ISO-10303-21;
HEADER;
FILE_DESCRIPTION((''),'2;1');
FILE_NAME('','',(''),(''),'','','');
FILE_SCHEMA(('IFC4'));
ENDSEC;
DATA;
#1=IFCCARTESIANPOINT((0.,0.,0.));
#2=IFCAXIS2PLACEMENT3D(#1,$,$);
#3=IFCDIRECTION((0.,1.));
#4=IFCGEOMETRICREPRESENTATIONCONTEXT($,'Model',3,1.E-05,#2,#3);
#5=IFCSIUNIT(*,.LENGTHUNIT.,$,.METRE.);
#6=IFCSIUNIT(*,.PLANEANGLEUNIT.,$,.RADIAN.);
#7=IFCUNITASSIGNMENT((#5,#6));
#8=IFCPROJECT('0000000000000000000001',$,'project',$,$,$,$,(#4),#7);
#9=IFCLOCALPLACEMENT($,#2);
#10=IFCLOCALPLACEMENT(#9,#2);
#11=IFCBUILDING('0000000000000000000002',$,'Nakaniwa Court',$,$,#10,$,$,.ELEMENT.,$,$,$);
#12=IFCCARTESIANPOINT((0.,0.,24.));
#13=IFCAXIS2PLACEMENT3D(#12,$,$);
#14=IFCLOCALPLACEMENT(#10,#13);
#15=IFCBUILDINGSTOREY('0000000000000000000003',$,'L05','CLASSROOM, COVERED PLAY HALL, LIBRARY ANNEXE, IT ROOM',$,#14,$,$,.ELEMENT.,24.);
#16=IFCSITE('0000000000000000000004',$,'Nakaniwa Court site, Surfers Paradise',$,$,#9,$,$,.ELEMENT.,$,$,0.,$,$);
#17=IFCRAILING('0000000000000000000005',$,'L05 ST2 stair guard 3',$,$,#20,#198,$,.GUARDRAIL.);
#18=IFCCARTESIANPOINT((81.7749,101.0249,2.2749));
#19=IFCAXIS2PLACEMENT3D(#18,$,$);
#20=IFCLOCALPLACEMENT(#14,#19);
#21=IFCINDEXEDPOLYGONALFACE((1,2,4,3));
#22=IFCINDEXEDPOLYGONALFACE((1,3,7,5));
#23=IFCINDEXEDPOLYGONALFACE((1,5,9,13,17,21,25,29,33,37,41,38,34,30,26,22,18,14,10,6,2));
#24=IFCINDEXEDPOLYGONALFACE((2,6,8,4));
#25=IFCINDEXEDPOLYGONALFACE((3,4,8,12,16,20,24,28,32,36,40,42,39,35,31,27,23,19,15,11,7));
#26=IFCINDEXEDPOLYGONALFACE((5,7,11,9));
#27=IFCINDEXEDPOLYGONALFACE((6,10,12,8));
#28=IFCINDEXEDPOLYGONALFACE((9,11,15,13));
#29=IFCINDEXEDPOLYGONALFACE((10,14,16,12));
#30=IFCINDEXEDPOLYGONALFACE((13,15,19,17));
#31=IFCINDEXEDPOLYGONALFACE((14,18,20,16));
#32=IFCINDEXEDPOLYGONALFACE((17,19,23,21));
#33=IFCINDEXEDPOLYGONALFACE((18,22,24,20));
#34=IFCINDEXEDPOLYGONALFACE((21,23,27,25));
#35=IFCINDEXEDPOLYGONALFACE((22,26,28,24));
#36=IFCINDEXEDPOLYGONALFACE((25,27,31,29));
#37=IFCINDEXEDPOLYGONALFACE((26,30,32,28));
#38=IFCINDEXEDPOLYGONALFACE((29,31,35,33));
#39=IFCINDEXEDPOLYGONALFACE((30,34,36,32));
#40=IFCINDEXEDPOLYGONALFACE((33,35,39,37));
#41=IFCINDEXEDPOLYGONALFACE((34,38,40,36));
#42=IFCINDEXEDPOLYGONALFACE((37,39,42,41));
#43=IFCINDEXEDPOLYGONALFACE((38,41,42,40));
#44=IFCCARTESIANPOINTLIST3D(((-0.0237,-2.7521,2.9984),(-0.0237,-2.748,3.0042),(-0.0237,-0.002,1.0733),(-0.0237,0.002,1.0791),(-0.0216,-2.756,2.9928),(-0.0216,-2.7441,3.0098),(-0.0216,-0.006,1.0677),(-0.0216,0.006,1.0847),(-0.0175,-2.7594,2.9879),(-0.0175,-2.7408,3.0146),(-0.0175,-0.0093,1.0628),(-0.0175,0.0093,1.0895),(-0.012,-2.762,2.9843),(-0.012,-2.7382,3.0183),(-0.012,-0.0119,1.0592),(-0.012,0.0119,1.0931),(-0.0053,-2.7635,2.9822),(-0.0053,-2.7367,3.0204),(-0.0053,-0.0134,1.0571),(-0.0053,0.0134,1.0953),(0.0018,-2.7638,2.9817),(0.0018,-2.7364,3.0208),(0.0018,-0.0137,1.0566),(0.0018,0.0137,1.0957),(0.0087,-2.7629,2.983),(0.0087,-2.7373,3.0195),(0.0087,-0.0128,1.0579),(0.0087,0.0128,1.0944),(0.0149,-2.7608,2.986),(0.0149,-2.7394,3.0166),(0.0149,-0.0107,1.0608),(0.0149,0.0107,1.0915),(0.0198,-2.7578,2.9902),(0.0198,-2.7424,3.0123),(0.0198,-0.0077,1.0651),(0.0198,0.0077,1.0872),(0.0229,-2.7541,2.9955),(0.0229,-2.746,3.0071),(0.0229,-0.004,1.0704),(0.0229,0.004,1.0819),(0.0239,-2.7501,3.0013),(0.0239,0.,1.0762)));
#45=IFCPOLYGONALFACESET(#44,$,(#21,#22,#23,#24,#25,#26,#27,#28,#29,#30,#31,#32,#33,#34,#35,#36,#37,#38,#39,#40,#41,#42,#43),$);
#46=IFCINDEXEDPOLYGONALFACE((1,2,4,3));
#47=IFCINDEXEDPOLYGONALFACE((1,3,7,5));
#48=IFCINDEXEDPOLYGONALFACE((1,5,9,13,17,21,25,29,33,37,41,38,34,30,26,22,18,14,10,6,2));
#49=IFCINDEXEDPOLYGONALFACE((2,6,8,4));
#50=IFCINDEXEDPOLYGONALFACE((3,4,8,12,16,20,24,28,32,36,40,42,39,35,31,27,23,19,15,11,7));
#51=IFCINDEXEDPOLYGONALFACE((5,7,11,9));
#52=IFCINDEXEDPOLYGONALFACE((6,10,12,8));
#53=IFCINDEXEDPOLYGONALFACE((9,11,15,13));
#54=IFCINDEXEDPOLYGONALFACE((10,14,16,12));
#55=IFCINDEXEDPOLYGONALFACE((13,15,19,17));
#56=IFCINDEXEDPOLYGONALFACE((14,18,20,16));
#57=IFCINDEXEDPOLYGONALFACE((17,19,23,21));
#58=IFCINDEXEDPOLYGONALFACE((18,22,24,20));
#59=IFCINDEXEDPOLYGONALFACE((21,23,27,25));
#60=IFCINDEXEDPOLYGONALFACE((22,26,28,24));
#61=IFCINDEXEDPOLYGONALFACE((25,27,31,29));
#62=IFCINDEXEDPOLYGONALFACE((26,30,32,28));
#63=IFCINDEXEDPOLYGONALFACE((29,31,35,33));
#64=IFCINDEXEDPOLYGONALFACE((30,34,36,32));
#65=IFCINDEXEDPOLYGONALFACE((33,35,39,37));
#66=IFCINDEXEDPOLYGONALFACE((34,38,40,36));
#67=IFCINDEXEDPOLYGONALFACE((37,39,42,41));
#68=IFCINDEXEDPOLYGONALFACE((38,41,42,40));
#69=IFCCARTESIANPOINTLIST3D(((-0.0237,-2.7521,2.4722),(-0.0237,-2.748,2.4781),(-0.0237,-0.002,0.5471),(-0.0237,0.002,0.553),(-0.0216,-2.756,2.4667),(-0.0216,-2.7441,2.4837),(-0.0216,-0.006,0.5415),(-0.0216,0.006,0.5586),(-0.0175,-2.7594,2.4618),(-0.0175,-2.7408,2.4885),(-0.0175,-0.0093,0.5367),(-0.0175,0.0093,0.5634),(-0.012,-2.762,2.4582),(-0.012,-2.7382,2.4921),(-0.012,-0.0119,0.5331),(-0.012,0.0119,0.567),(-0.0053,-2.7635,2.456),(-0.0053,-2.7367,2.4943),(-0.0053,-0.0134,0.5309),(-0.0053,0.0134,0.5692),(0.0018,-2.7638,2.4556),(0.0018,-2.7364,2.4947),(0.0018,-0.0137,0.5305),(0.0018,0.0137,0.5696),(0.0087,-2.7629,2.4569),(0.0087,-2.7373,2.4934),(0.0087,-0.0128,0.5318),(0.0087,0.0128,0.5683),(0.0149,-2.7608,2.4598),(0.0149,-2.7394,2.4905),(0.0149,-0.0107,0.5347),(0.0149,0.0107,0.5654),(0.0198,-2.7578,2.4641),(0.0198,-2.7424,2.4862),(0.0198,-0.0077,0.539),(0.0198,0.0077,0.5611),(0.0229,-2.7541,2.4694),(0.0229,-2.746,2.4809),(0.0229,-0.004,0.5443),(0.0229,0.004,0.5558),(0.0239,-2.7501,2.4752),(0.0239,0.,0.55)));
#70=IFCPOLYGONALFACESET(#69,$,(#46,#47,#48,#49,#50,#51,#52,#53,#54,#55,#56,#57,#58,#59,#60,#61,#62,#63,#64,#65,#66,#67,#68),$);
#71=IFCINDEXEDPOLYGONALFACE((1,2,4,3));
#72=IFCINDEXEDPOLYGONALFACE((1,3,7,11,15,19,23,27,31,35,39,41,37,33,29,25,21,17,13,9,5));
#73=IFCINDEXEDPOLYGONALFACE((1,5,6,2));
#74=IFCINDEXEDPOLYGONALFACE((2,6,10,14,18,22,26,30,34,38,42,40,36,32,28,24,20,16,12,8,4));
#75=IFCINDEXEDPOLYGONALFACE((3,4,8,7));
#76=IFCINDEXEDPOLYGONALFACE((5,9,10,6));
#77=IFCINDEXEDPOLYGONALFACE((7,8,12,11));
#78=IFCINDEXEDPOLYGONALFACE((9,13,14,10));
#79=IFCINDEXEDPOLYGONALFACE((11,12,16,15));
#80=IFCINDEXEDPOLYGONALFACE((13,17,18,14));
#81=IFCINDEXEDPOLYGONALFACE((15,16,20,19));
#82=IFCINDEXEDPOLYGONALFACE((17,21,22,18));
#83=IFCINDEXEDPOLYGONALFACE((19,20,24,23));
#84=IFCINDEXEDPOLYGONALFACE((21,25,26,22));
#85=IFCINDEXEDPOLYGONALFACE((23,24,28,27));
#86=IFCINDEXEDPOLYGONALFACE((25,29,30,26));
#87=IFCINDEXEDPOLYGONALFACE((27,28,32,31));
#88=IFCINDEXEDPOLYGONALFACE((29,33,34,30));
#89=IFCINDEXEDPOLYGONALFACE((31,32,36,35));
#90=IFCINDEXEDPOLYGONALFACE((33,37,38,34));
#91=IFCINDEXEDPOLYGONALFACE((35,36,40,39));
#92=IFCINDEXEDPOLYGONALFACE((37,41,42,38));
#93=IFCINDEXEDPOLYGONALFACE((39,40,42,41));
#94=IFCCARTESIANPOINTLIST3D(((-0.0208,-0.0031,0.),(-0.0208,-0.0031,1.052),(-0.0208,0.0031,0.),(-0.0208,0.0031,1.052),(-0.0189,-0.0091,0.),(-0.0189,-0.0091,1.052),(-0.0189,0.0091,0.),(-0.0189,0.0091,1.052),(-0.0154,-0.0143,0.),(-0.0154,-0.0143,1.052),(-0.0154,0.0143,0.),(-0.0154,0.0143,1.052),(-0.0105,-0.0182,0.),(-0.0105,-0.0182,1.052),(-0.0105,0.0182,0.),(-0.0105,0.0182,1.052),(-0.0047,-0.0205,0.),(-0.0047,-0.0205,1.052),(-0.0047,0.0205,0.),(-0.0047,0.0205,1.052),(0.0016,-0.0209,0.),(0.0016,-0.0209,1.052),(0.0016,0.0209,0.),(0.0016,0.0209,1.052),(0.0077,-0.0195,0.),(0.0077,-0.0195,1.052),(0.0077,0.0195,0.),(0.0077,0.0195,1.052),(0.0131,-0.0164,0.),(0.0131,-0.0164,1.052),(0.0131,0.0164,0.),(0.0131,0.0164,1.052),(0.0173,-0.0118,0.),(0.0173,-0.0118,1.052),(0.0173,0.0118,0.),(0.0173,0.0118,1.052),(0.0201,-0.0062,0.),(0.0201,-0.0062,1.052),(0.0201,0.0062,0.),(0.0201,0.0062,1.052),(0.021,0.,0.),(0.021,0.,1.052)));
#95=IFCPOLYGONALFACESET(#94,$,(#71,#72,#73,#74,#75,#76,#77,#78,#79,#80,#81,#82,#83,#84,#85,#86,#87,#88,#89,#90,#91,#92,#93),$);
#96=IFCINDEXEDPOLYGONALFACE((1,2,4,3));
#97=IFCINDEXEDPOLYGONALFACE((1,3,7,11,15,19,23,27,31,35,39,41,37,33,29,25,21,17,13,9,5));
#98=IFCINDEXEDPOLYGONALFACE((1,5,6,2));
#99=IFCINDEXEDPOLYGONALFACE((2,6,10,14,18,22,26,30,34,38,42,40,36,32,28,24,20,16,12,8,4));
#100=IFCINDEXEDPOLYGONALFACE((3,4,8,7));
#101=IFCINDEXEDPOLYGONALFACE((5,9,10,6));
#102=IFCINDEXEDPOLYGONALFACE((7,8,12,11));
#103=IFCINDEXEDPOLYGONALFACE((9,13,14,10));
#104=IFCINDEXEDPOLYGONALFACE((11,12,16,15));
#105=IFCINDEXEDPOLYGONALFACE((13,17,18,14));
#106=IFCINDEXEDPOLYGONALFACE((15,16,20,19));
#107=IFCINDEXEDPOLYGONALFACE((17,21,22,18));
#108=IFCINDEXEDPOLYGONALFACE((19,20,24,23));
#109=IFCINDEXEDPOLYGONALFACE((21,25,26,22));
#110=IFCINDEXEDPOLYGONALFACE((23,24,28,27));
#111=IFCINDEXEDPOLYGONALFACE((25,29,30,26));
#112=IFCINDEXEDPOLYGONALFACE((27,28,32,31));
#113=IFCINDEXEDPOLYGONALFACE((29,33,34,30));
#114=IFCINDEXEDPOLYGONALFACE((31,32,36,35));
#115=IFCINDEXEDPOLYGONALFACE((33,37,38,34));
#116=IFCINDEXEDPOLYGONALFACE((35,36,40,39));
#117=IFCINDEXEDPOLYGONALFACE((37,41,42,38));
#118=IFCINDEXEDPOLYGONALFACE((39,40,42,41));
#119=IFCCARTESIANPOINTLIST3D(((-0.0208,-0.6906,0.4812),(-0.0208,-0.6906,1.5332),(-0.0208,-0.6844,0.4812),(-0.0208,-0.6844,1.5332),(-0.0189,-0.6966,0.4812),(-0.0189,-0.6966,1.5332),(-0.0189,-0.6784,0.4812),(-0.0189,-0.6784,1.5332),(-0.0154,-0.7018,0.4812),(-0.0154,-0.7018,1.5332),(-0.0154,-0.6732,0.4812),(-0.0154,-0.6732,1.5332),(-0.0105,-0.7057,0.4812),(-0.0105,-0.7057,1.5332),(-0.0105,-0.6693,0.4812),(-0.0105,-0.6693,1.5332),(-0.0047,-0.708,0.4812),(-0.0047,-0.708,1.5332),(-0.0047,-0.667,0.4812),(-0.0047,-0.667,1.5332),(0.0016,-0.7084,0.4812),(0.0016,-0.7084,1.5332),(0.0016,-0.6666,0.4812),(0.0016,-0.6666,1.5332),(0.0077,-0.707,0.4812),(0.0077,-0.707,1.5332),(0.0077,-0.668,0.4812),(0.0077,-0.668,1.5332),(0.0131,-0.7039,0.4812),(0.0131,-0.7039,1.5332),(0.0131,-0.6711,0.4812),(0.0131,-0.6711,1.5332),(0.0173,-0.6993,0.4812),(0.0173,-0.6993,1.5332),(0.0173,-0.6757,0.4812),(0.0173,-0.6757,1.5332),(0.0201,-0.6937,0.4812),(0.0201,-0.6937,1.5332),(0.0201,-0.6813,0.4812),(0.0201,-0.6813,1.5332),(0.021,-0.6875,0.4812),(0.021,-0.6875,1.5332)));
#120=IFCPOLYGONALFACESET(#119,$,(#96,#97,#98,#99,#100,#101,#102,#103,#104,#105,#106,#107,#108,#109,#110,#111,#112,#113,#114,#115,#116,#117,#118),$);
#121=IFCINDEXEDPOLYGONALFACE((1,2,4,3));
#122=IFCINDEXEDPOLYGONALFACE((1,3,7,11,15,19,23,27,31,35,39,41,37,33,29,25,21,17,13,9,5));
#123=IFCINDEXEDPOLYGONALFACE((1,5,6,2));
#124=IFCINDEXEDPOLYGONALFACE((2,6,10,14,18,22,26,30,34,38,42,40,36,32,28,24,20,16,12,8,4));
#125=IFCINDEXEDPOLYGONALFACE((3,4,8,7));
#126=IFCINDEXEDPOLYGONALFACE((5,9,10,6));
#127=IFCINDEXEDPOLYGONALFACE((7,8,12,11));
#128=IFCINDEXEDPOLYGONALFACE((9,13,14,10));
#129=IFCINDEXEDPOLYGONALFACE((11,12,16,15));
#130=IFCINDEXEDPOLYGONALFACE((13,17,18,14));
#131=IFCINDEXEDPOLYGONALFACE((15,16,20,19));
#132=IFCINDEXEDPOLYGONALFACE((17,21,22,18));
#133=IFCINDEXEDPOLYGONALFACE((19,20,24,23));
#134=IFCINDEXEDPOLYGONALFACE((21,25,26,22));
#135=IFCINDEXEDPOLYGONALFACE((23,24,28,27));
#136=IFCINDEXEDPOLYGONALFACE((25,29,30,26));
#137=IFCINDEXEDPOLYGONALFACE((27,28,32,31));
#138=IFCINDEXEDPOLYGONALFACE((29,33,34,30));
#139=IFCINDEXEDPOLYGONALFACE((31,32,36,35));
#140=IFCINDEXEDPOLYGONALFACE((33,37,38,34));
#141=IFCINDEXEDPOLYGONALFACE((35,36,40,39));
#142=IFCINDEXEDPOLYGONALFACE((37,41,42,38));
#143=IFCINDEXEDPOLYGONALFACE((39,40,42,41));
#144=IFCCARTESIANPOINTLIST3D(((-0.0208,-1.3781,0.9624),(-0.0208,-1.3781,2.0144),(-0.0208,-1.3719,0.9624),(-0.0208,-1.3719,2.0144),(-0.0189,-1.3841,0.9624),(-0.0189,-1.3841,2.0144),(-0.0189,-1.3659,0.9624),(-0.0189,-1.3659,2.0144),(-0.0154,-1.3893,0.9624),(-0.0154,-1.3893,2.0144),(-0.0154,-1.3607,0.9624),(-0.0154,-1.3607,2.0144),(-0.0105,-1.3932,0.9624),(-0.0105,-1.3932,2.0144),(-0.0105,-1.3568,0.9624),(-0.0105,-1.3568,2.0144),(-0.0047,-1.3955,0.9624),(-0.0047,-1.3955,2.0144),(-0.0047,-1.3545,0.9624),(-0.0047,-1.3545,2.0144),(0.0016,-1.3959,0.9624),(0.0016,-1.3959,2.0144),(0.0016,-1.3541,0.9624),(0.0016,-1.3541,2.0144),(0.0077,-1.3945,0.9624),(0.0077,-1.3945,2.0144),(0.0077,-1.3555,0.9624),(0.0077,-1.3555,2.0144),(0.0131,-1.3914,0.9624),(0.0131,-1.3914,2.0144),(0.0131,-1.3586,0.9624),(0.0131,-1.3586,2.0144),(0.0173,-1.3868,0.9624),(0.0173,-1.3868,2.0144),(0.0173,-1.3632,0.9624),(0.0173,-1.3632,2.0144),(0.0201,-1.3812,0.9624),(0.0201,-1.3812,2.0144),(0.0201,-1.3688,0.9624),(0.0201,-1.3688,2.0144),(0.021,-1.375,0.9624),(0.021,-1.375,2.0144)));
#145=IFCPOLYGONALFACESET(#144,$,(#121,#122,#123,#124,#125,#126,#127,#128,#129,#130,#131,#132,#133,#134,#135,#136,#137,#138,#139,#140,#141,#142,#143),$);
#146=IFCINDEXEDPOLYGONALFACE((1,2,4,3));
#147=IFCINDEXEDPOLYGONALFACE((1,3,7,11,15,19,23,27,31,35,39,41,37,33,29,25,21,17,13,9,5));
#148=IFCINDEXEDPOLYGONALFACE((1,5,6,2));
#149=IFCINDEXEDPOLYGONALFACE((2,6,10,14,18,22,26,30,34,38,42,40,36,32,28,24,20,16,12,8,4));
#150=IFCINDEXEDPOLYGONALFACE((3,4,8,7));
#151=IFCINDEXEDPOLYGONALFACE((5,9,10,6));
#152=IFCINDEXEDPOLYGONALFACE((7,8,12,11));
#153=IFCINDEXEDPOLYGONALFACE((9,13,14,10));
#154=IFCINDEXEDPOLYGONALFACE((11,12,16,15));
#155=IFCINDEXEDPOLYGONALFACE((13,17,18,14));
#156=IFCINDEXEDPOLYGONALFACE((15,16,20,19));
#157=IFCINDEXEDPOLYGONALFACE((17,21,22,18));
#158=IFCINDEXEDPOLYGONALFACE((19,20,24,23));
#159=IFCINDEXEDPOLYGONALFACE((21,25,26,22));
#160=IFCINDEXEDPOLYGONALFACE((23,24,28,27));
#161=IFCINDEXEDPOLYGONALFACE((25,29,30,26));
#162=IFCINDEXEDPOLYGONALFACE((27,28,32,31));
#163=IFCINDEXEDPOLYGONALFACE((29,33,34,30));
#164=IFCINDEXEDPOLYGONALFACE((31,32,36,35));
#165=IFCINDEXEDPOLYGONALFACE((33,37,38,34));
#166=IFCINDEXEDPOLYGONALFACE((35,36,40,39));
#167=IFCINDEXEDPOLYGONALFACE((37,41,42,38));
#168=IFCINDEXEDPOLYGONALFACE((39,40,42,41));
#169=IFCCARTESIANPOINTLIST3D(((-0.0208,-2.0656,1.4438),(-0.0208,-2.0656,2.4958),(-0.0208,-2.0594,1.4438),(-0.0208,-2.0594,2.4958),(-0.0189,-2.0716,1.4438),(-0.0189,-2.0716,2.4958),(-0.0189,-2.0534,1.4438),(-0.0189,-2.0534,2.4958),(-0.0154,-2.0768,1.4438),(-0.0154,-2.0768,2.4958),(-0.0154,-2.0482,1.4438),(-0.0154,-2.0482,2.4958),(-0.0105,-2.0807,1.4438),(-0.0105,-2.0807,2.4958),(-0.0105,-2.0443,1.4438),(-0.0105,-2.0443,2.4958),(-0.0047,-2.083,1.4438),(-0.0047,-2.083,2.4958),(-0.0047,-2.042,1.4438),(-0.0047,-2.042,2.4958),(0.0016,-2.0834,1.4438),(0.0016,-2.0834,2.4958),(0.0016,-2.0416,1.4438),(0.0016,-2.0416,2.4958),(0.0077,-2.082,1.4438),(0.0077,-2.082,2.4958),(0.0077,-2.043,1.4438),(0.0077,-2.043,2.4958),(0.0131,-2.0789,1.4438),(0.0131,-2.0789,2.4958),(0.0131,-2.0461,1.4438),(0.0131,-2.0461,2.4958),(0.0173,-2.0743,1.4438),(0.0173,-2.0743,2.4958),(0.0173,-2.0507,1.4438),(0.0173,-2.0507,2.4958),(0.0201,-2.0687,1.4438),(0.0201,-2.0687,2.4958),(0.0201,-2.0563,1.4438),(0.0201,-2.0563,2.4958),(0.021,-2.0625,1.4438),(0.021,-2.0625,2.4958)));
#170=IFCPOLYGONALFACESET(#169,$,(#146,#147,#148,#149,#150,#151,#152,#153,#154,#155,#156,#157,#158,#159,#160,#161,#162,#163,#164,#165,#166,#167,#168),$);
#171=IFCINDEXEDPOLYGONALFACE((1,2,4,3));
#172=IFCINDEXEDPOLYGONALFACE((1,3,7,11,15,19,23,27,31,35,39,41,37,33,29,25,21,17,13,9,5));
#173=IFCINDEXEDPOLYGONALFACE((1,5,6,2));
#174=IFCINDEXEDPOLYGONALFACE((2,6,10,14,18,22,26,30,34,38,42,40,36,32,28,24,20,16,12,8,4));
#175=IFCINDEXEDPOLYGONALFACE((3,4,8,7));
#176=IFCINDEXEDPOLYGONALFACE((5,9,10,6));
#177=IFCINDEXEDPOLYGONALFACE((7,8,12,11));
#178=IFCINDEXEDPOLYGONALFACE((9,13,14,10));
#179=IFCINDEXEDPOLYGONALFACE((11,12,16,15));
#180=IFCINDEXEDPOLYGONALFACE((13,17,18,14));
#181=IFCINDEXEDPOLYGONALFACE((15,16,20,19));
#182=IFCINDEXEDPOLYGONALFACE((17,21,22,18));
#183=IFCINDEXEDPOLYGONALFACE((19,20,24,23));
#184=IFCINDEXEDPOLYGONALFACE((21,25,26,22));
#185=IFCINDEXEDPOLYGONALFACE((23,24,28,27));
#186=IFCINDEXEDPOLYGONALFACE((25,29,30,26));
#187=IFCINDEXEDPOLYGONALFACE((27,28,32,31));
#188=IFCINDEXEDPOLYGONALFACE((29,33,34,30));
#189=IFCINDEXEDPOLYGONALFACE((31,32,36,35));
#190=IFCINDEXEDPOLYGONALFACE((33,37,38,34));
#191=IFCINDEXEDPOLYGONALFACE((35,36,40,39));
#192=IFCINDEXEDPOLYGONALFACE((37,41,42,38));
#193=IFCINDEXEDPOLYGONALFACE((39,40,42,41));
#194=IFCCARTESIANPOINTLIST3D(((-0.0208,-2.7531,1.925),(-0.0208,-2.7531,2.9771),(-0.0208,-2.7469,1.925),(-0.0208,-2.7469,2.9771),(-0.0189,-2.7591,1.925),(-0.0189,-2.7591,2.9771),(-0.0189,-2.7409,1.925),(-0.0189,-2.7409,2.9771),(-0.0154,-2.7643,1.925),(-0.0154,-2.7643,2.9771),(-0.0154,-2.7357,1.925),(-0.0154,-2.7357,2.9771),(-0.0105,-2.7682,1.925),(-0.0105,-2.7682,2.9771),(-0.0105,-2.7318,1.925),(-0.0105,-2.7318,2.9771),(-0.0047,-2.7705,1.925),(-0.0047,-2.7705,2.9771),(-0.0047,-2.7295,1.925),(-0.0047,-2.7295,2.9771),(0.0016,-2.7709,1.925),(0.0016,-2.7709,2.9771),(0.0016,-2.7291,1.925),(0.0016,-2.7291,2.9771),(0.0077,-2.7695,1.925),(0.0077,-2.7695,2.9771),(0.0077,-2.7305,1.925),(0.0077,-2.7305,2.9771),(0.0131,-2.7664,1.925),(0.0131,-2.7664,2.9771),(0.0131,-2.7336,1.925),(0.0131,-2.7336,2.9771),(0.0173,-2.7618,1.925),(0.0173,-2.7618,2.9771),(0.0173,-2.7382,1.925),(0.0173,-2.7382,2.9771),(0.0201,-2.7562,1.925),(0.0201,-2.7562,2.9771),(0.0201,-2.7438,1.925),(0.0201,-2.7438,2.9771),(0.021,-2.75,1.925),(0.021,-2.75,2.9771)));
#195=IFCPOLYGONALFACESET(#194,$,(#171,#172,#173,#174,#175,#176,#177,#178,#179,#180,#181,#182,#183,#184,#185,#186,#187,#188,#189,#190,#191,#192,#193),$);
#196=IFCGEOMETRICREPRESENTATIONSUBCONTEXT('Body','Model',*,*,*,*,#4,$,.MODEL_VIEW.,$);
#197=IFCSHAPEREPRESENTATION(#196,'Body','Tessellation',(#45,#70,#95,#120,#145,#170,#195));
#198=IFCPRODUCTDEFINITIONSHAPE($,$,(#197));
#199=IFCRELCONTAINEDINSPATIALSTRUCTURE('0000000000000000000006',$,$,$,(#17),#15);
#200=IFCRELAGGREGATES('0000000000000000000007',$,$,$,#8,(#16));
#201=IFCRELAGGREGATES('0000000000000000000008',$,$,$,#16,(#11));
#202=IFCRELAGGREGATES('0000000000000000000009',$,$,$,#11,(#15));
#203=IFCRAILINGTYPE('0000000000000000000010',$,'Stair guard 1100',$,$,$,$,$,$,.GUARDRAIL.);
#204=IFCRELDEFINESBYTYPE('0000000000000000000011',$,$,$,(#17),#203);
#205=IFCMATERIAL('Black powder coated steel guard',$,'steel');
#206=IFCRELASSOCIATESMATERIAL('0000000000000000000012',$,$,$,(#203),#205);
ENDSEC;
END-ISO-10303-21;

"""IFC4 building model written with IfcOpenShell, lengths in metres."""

from ifc_helpers import new_model, si_unit, direction, frame, origin, origin_2d, place, context, subcontext, project, spatial, circle, extrude, material, type_object, element, save


model = new_model("IFC4")

# Units and contexts
model_context = context("Model", 3, precision=1e-05, world=origin(), true_north=direction((0.0, 1.0)))
body_context = subcontext(model_context, "Body", "Model", "MODEL_VIEW")
ifc_project = project(units=[si_unit("LENGTHUNIT", "METRE"), si_unit("PLANEANGLEUNIT", "RADIAN")], contexts=[model_context])

# Site, building, storey
site_placement = place(None, origin())
site = spatial("IfcSite", under=ifc_project, at=site_placement, Name="Nakaniwa Court site, Surfers Paradise", CompositionType="ELEMENT", RefElevation=0.0)
building_placement = place(site_placement, origin())
building = spatial("IfcBuilding", under=site, at=building_placement, Name="Nakaniwa Court", CompositionType="ELEMENT")
storey_placement = place(building_placement, frame((0.0, 0.0, 24.0)))
storey = spatial("IfcBuildingStorey", under=building, at=storey_placement, Name="L05", Description="CLASSROOM, COVERED PLAY HALL, LIBRARY ANNEXE, IT ROOM", CompositionType="ELEMENT", Elevation=24.0)

# Railing
ifc_material_1 = material(Name="Black powder coated steel guard", Category="steel")
railing_type_1 = type_object("IfcRailingType", Name="Stair guard 1100", PredefinedType="GUARDRAIL", material=ifc_material_1)
railing_1_placement = place(storey_placement, frame((81.7749, 101.0249, 2.2749)))
element("IfcRailing", 1, at=railing_1_placement, inside=storey, type_object=railing_type_1, Name="L05 ST2 stair guard 3", PredefinedType="GUARDRAIL", context=body_context, shape_type="SweptSolid", body=[
    extrude(circle(Radius=0.0239, at=origin_2d()), frame((0.0, 0.0, 1.0762), z_axis=(0.0, -0.819225, 0.573472), x_axis=(1.0, 0.0, 0.0)), (0.0, 0.0, 1.0), 3.3569),
    extrude(circle(Radius=0.0239, at=origin_2d()), frame((0.0, 0.0, 0.55), z_axis=(0.0, -0.819225, 0.573472), x_axis=(1.0, 0.0, 0.0)), (0.0, 0.0, 1.0), 3.3569),
    extrude(circle(Radius=0.021, at=origin_2d()), origin(), (0.0, 0.0, 1.0), 1.052),
    extrude(circle(Radius=0.021, at=origin_2d()), frame((0.0, -0.6875, 0.4812)), (0.0, 0.0, 1.0), 1.052),
    extrude(circle(Radius=0.021, at=origin_2d()), frame((0.0, -1.375, 0.9624)), (0.0, 0.0, 1.0), 1.052),
    extrude(circle(Radius=0.021, at=origin_2d()), frame((0.0, -2.0625, 1.4438)), (0.0, 0.0, 1.0), 1.052),
    extrude(circle(Radius=0.021, at=origin_2d()), frame((0.0, -2.75, 1.925)), (0.0, 0.0, 1.0), 1.052),
])

save(model, "model.ifc")
